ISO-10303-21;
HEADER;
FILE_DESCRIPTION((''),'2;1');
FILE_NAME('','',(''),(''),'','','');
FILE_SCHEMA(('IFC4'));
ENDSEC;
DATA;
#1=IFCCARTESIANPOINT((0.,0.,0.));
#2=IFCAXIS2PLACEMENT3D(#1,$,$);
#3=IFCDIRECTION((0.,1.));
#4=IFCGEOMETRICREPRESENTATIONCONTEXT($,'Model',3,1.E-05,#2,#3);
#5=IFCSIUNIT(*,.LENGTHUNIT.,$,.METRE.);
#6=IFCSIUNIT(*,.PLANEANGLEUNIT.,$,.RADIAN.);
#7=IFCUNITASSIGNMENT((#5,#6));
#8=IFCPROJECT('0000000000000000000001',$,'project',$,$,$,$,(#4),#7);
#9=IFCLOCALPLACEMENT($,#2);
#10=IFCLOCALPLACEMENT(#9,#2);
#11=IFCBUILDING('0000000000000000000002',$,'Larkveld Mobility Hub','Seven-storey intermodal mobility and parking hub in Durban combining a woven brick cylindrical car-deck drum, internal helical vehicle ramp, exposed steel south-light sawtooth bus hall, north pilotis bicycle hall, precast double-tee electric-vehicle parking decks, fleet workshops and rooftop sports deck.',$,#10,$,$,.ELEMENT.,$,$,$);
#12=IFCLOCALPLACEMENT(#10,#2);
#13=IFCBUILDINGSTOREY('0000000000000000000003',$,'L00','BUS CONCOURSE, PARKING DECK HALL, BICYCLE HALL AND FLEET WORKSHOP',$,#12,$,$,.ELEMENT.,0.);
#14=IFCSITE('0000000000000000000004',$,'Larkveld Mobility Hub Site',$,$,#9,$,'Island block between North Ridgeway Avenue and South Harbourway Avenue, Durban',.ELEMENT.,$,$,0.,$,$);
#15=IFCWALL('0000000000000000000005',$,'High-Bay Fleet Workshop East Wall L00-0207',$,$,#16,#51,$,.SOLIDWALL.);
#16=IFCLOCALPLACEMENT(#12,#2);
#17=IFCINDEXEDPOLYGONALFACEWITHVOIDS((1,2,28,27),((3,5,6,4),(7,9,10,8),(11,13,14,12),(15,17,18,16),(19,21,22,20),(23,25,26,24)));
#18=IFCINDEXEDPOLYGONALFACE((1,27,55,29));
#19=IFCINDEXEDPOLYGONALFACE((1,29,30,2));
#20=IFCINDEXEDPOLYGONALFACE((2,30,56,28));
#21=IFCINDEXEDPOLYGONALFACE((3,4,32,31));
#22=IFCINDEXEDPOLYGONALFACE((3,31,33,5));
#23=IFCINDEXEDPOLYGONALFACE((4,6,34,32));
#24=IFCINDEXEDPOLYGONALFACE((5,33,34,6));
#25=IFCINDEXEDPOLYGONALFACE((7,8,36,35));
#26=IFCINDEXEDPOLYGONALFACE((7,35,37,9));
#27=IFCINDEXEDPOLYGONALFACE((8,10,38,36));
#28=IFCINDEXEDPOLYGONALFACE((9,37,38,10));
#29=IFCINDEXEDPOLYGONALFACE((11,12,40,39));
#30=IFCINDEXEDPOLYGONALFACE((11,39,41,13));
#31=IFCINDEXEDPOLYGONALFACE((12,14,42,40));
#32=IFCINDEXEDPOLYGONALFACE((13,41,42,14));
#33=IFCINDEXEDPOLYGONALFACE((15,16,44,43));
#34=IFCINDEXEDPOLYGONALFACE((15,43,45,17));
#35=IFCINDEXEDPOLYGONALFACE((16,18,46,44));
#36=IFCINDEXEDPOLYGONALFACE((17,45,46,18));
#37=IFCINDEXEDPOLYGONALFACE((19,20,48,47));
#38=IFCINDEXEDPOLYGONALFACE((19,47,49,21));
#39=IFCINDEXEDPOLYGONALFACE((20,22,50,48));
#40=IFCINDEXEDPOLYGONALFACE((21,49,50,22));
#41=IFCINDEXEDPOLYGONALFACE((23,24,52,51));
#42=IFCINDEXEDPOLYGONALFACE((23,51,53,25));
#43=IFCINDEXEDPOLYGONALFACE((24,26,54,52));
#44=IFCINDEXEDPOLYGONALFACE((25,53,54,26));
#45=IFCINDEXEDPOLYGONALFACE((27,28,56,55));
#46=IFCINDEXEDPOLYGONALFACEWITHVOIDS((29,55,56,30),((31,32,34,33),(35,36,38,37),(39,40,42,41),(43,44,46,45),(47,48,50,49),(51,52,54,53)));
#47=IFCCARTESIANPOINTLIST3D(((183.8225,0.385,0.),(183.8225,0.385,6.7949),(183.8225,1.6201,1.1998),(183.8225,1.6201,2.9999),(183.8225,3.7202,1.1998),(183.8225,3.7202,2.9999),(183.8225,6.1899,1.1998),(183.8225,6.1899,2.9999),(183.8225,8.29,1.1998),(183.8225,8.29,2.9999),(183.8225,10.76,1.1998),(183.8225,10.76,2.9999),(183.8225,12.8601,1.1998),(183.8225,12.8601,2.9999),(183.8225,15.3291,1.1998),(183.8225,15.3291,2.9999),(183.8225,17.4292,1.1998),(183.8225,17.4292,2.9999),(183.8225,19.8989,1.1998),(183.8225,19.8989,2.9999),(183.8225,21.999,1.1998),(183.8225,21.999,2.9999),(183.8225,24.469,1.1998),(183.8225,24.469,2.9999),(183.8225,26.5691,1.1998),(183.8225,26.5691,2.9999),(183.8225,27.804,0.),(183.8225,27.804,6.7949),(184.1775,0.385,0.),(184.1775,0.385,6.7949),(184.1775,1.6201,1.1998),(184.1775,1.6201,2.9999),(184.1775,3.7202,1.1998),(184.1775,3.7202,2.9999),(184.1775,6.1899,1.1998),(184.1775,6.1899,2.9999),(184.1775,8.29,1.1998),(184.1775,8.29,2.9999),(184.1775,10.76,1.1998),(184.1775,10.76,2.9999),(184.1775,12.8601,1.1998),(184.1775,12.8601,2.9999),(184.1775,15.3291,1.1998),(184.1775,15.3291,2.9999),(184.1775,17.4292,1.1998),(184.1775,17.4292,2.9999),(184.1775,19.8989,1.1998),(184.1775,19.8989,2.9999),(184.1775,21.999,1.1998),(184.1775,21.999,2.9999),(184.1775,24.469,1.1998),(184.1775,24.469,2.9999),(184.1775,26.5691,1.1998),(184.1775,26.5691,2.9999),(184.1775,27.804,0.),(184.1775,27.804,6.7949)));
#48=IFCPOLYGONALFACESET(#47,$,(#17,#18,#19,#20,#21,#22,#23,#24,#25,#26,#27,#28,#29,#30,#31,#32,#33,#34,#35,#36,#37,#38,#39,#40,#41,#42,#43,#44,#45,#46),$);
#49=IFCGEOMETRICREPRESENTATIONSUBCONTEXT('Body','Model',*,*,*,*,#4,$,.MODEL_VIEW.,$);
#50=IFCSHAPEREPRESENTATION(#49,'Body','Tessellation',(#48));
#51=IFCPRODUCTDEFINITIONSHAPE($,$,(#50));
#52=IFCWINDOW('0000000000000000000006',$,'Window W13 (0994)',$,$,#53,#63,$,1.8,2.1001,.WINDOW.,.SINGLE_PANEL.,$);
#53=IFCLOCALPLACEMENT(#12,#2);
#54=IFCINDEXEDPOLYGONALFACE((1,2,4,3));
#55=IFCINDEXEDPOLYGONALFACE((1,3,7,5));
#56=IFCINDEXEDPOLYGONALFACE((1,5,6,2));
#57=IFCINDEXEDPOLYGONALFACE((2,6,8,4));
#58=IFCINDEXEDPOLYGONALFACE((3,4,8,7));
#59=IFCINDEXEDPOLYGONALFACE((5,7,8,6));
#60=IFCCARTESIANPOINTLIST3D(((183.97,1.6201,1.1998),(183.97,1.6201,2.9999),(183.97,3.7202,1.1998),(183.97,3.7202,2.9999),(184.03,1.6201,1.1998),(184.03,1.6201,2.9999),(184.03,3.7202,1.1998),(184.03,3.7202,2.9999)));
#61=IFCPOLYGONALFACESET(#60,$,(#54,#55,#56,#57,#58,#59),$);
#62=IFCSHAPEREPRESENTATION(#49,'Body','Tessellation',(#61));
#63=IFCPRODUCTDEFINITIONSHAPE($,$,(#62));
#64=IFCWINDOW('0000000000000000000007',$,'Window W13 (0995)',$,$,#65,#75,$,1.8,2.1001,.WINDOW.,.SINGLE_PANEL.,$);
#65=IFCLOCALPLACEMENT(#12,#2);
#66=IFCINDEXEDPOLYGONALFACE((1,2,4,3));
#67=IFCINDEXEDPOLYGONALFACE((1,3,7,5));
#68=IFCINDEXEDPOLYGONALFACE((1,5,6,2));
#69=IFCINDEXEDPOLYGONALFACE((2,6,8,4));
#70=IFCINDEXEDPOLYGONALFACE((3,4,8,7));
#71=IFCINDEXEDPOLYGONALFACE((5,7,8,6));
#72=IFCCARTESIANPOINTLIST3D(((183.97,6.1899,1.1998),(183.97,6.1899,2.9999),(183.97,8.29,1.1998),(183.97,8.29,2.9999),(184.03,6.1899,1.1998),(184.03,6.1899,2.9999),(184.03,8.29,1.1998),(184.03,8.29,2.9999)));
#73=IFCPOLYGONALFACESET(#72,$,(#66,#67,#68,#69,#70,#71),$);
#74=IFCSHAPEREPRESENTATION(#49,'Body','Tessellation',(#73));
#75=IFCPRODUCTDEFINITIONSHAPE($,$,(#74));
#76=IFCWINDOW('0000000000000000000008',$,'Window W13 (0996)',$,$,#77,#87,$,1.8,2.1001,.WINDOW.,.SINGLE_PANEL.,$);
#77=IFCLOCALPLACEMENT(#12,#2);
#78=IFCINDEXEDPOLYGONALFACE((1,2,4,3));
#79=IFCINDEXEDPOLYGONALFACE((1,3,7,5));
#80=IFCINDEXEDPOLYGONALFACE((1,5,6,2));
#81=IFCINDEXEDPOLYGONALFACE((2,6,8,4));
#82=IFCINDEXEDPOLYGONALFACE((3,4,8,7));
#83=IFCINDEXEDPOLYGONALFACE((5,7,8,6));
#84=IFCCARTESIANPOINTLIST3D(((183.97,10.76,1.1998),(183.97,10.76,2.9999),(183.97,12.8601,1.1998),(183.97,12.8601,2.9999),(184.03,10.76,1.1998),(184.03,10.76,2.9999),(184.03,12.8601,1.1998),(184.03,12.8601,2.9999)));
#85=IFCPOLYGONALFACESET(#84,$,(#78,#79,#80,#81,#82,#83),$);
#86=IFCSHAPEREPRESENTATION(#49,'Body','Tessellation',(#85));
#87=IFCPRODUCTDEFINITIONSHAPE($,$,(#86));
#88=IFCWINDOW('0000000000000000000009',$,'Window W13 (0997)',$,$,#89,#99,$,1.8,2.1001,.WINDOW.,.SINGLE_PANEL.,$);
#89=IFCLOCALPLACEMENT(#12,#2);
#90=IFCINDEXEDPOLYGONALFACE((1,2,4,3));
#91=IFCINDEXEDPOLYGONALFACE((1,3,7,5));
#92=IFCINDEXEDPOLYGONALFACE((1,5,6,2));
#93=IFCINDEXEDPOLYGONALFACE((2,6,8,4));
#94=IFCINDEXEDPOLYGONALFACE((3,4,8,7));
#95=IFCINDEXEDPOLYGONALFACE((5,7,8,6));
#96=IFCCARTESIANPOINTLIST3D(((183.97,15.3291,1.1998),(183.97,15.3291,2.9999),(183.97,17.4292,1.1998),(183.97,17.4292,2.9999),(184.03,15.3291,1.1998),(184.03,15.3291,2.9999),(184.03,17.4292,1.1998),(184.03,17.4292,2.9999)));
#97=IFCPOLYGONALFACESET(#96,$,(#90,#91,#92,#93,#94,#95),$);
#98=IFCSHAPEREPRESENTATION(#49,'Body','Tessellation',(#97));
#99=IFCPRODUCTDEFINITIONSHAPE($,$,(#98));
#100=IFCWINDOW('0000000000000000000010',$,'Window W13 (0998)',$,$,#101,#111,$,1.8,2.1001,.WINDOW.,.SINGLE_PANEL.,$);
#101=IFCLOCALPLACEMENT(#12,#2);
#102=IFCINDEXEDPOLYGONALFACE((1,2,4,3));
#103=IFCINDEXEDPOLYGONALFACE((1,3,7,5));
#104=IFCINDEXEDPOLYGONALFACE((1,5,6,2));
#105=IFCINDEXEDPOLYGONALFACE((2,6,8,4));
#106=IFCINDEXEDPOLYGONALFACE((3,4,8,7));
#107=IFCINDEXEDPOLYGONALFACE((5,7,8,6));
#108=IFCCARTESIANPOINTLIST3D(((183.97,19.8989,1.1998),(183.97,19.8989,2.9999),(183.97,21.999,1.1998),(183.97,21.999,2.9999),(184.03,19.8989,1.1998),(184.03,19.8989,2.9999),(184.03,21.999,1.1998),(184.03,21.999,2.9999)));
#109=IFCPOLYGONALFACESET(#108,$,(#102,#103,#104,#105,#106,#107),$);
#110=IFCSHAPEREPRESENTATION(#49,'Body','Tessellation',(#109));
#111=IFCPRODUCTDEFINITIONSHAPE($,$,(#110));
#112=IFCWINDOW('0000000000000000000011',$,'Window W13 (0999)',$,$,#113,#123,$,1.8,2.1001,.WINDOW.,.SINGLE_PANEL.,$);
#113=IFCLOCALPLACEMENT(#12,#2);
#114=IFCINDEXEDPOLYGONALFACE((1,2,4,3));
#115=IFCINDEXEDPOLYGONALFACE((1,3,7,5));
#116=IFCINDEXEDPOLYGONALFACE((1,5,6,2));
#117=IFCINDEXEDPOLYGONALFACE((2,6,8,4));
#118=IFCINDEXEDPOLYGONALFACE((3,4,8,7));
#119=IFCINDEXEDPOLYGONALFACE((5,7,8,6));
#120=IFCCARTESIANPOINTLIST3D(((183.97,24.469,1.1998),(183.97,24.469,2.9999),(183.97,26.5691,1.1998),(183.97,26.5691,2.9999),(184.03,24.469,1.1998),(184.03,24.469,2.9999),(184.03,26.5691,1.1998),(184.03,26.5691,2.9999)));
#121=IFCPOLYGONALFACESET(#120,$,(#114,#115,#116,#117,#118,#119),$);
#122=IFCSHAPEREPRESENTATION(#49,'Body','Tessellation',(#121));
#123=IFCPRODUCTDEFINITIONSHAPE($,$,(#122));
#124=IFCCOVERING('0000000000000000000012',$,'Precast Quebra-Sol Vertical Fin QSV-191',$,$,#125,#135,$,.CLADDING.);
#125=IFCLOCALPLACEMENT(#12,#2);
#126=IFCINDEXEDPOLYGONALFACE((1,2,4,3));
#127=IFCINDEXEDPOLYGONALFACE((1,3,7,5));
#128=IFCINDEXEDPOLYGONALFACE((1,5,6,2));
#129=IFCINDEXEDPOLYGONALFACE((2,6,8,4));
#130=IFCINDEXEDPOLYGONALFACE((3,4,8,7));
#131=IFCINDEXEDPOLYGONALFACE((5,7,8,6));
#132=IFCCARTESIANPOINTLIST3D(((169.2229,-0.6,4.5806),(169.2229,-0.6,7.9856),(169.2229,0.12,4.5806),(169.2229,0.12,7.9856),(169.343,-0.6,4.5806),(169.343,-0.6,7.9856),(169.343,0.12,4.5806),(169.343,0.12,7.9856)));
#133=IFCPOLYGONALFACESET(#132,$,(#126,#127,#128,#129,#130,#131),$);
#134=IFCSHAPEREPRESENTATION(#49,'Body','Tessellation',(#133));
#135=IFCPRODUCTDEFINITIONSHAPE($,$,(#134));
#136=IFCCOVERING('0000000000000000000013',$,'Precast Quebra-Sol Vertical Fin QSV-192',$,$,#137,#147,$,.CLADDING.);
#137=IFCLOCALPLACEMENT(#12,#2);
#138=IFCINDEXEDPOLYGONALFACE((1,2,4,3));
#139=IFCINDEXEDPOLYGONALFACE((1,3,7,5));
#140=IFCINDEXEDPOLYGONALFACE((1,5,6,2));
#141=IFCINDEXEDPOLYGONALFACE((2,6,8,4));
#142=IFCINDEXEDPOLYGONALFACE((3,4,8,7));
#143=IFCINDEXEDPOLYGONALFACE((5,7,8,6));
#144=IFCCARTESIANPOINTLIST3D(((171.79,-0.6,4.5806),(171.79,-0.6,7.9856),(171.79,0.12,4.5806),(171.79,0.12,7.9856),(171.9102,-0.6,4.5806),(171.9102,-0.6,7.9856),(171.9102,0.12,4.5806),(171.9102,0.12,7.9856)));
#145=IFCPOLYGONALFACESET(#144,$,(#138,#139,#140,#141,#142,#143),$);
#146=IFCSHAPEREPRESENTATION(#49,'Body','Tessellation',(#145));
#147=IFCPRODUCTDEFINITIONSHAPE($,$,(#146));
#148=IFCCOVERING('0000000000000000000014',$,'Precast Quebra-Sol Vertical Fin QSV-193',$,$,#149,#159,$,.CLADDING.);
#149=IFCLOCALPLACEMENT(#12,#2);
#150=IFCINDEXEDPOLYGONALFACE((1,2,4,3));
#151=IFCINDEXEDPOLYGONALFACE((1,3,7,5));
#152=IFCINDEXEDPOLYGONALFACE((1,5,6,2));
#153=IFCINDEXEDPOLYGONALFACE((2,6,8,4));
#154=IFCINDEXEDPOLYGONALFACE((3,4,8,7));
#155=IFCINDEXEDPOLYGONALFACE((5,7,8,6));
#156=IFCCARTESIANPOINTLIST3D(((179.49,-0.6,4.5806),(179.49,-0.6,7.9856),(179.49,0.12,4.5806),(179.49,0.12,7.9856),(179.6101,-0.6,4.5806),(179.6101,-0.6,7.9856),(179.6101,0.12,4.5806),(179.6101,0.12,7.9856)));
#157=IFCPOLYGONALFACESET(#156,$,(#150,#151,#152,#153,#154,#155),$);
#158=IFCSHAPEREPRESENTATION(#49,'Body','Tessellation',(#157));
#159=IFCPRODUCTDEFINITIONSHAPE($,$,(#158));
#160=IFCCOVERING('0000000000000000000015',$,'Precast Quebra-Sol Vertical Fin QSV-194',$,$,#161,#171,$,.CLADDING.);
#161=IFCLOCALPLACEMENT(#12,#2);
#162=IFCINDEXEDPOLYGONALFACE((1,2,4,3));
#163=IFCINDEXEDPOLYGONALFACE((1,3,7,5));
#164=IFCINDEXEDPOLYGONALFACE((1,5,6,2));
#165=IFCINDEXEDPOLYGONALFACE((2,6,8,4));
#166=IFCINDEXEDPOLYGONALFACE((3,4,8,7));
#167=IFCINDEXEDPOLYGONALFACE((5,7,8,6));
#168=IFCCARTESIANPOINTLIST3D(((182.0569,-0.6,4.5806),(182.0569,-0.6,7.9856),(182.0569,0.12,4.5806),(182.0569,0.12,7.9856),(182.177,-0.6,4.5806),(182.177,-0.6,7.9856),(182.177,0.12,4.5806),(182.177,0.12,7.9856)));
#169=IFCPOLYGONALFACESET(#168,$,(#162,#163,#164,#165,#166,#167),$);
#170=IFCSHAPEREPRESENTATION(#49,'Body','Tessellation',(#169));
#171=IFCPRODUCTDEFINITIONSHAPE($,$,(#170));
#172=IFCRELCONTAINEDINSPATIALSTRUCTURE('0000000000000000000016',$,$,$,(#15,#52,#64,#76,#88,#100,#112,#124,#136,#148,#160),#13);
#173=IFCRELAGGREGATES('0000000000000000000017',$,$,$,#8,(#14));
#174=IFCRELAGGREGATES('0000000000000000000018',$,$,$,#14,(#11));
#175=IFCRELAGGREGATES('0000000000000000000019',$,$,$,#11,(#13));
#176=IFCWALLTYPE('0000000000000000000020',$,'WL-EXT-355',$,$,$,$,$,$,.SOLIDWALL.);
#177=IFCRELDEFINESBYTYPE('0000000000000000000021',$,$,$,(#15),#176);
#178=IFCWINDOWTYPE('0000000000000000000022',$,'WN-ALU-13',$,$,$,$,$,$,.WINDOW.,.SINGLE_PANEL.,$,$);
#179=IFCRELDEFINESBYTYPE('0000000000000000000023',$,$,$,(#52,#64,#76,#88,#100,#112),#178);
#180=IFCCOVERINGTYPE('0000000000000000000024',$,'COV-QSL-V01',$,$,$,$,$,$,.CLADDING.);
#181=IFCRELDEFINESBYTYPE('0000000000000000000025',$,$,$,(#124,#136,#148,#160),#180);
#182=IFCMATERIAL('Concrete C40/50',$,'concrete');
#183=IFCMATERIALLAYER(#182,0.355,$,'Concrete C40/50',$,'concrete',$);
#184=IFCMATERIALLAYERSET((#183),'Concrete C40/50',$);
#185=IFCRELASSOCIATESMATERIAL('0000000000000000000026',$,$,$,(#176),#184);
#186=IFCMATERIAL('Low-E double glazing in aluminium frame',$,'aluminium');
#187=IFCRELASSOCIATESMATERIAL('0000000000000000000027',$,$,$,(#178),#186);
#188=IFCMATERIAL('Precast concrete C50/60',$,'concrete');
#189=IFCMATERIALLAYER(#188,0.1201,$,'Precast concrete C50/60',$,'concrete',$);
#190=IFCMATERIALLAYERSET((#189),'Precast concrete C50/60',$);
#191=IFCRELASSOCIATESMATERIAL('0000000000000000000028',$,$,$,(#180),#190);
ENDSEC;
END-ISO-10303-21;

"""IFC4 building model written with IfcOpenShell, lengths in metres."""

from ifc_helpers import new_model, si_unit, direction, frame, frame_2d, origin, origin_2d, place, context, subcontext, project, spatial, rectangle, extrude, material, layer, layer_set, type_object, element, fill, save


model = new_model("IFC4")

# Units and contexts
model_context = context("Model", 3, precision=1e-05, world=origin(), true_north=direction((0.0, 1.0)))
body_context = subcontext(model_context, "Body", "Model", "MODEL_VIEW")
ifc_project = project(units=[si_unit("LENGTHUNIT", "METRE"), si_unit("PLANEANGLEUNIT", "RADIAN")], contexts=[model_context])

# Site, building, storey
site_placement = place(None, origin())
site = spatial("IfcSite", under=ifc_project, at=site_placement, Name="Larkveld Mobility Hub Site", LongName="Island block between North Ridgeway Avenue and South Harbourway Avenue, Durban", CompositionType="ELEMENT", RefElevation=0.0)
building_placement = place(site_placement, origin())
building = spatial("IfcBuilding", under=site, at=building_placement, Name="Larkveld Mobility Hub", Description="Seven-storey intermodal mobility and parking hub in Durban combining a woven brick cylindrical car-deck drum, internal helical vehicle ramp, exposed steel south-light sawtooth bus hall, north pilotis bicycle hall, precast double-tee electric-vehicle parking decks, fleet workshops and rooftop sports deck.", CompositionType="ELEMENT")
storey_placement = place(building_placement, origin())
storey = spatial("IfcBuildingStorey", under=building, at=storey_placement, Name="L00", Description="BUS CONCOURSE, PARKING DECK HALL, BICYCLE HALL AND FLEET WORKSHOP", CompositionType="ELEMENT", Elevation=0.0)

# Shared definitions
ifc_material_1 = material(Name="Concrete C40/50", Category="concrete")

# Shared definitions
ifc_layer_1 = layer(ifc_material_1, 0.355, Name="Concrete C40/50", Category="concrete")
ifc_layer_set_1 = layer_set([ifc_layer_1], Name="Concrete C40/50")
wall_type = type_object("IfcWallType", Name="WL-EXT-355", PredefinedType="SOLIDWALL", material=ifc_layer_set_1)
ifc_material_2 = material(Name="Low-E double glazing in aluminium frame", Category="aluminium")

# Wall, openings, windows
wall_1_placement = place(storey_placement, frame((184.0, 0.385, 0.0), z_axis=(0.0, 0.0, 1.0), x_axis=(0.0, 1.0, 0.0)))
wall_1 = element("IfcWall", 1, at=wall_1_placement, inside=storey, type_object=wall_type, Name="High-Bay Fleet Workshop East Wall L00-0207", PredefinedType="SOLIDWALL", context=body_context, shape_type="SweptSolid", body=[
    extrude(rectangle(XDim=27.4189, YDim=0.355, at=frame_2d((13.7095, 0.0))), origin(), (0.0, 0.0, 1.0), 6.7949),
])
opening_1_placement = place(wall_1_placement, frame((1.2351, 0.0, 1.2)))
opening_1 = element("IfcOpeningElement", 2, at=opening_1_placement, cuts=wall_1, PredefinedType="OPENING", context=body_context, shape_type="SweptSolid", body=[
    extrude(rectangle(XDim=2.1001, YDim=1.8, at=frame_2d((1.05, 0.8999))), frame((0.0, 0.1875, 0.0), z_axis=(0.0, -1.0, 0.0), x_axis=(1.0, 0.0, 0.0)), (0.0, 0.0, 1.0), 0.375),
])
opening_2_placement = place(wall_1_placement, frame((5.8049, 0.0, 1.2)))
opening_2 = element("IfcOpeningElement", 3, at=opening_2_placement, cuts=wall_1, PredefinedType="OPENING", context=body_context, shape_type="SweptSolid", body=[
    extrude(rectangle(XDim=2.1001, YDim=1.8, at=frame_2d((1.05, 0.8999))), frame((0.0, 0.1875, 0.0), z_axis=(0.0, -1.0, 0.0), x_axis=(1.0, 0.0, 0.0)), (0.0, 0.0, 1.0), 0.375),
])
opening_3_placement = place(wall_1_placement, frame((10.375, 0.0, 1.2)))
opening_3 = element("IfcOpeningElement", 4, at=opening_3_placement, cuts=wall_1, PredefinedType="OPENING", context=body_context, shape_type="SweptSolid", body=[
    extrude(rectangle(XDim=2.1001, YDim=1.8, at=frame_2d((1.05, 0.8999))), frame((0.0, 0.1875, 0.0), z_axis=(0.0, -1.0, 0.0), x_axis=(1.0, 0.0, 0.0)), (0.0, 0.0, 1.0), 0.375),
])
opening_4_placement = place(wall_1_placement, frame((14.9441, 0.0, 1.2)))
opening_4 = element("IfcOpeningElement", 5, at=opening_4_placement, cuts=wall_1, PredefinedType="OPENING", context=body_context, shape_type="SweptSolid", body=[
    extrude(rectangle(XDim=2.1001, YDim=1.8, at=frame_2d((1.05, 0.8999))), frame((0.0, 0.1875, 0.0), z_axis=(0.0, -1.0, 0.0), x_axis=(1.0, 0.0, 0.0)), (0.0, 0.0, 1.0), 0.375),
])
opening_5_placement = place(wall_1_placement, frame((19.5139, 0.0, 1.2)))
opening_5 = element("IfcOpeningElement", 6, at=opening_5_placement, cuts=wall_1, PredefinedType="OPENING", context=body_context, shape_type="SweptSolid", body=[
    extrude(rectangle(XDim=2.1001, YDim=1.8, at=frame_2d((1.05, 0.8999))), frame((0.0, 0.1875, 0.0), z_axis=(0.0, -1.0, 0.0), x_axis=(1.0, 0.0, 0.0)), (0.0, 0.0, 1.0), 0.375),
])
opening_6_placement = place(wall_1_placement, frame((24.084, 0.0, 1.2)))
opening_6 = element("IfcOpeningElement", 7, at=opening_6_placement, cuts=wall_1, PredefinedType="OPENING", context=body_context, shape_type="SweptSolid", body=[
    extrude(rectangle(XDim=2.1001, YDim=1.8, at=frame_2d((1.05, 0.8999))), frame((0.0, 0.1875, 0.0), z_axis=(0.0, -1.0, 0.0), x_axis=(1.0, 0.0, 0.0)), (0.0, 0.0, 1.0), 0.375),
])
window_type_1 = type_object("IfcWindowType", Name="WN-ALU-13", PartitioningType="SINGLE_PANEL", PredefinedType="WINDOW", material=ifc_material_2)
window_1_placement = place(opening_1_placement, origin())
window_1 = element("IfcWindow", 8, at=window_1_placement, inside=storey, type_object=window_type_1, Name="Window W13 (0994)", OverallHeight=1.8, OverallWidth=2.1001, PartitioningType="SINGLE_PANEL", PredefinedType="WINDOW", context=body_context, shape_type="SweptSolid", body=[
    extrude(rectangle(XDim=2.1001, YDim=1.8, at=frame_2d((1.05, 0.8999))), frame((0.0, 0.03, 0.0), z_axis=(0.0, -1.0, 0.0), x_axis=(1.0, 0.0, 0.0)), (0.0, 0.0, 1.0), 0.0601),
])
fill(opening_1, window_1)
window_2_placement = place(opening_2_placement, origin())
window_2 = element("IfcWindow", 9, at=window_2_placement, inside=storey, type_object=window_type_1, Name="Window W13 (0995)", OverallHeight=1.8, OverallWidth=2.1001, PartitioningType="SINGLE_PANEL", PredefinedType="WINDOW", context=body_context, shape_type="SweptSolid", body=[
    extrude(rectangle(XDim=2.1001, YDim=1.8, at=frame_2d((1.05, 0.8999))), frame((0.0, 0.03, 0.0), z_axis=(0.0, -1.0, 0.0), x_axis=(1.0, 0.0, 0.0)), (0.0, 0.0, 1.0), 0.0601),
])
fill(opening_2, window_2)
window_3_placement = place(opening_3_placement, origin())
window_3 = element("IfcWindow", 10, at=window_3_placement, inside=storey, type_object=window_type_1, Name="Window W13 (0996)", OverallHeight=1.8, OverallWidth=2.1001, PartitioningType="SINGLE_PANEL", PredefinedType="WINDOW", context=body_context, shape_type="SweptSolid", body=[
    extrude(rectangle(XDim=2.1001, YDim=1.8, at=frame_2d((1.05, 0.8999))), frame((0.0, 0.03, 0.0), z_axis=(0.0, -1.0, 0.0), x_axis=(1.0, 0.0, 0.0)), (0.0, 0.0, 1.0), 0.0601),
])
fill(opening_3, window_3)
window_4_placement = place(opening_4_placement, origin())
window_4 = element("IfcWindow", 11, at=window_4_placement, inside=storey, type_object=window_type_1, Name="Window W13 (0997)", OverallHeight=1.8, OverallWidth=2.1001, PartitioningType="SINGLE_PANEL", PredefinedType="WINDOW", context=body_context, shape_type="SweptSolid", body=[
    extrude(rectangle(XDim=2.1001, YDim=1.8, at=frame_2d((1.05, 0.8999))), frame((0.0, 0.03, 0.0), z_axis=(0.0, -1.0, 0.0), x_axis=(1.0, 0.0, 0.0)), (0.0, 0.0, 1.0), 0.0601),
])
fill(opening_4, window_4)
window_5_placement = place(opening_5_placement, origin())
window_5 = element("IfcWindow", 12, at=window_5_placement, inside=storey, type_object=window_type_1, Name="Window W13 (0998)", OverallHeight=1.8, OverallWidth=2.1001, PartitioningType="SINGLE_PANEL", PredefinedType="WINDOW", context=body_context, shape_type="SweptSolid", body=[
    extrude(rectangle(XDim=2.1001, YDim=1.8, at=frame_2d((1.05, 0.8999))), frame((0.0, 0.03, 0.0), z_axis=(0.0, -1.0, 0.0), x_axis=(1.0, 0.0, 0.0)), (0.0, 0.0, 1.0), 0.0601),
])
fill(opening_5, window_5)
window_6_placement = place(opening_6_placement, origin())
window_6 = element("IfcWindow", 13, at=window_6_placement, inside=storey, type_object=window_type_1, Name="Window W13 (0999)", OverallHeight=1.8, OverallWidth=2.1001, PartitioningType="SINGLE_PANEL", PredefinedType="WINDOW", context=body_context, shape_type="SweptSolid", body=[
    extrude(rectangle(XDim=2.1001, YDim=1.8, at=frame_2d((1.05, 0.8999))), frame((0.0, 0.03, 0.0), z_axis=(0.0, -1.0, 0.0), x_axis=(1.0, 0.0, 0.0)), (0.0, 0.0, 1.0), 0.0601),
])
fill(opening_6, window_6)

# Coverings
ifc_material_3 = material(Name="Precast concrete C50/60", Category="concrete")
ifc_layer_2 = layer(ifc_material_3, 0.1201, Name="Precast concrete C50/60", Category="concrete")
ifc_layer_set_2 = layer_set([ifc_layer_2], Name="Precast concrete C50/60")
covering_type = type_object("IfcCoveringType", Name="COV-QSL-V01", PredefinedType="CLADDING", material=ifc_layer_set_2)
for number, where, z_axis, x_axis, name in (
    (14, (169.283, -0.24, 4.5806), (0.0, 0.0, 1.0), (1.0, 0.0, 0.0), "Precast Quebra-Sol Vertical Fin QSV-191"),
    (15, (171.8501, -0.24, 4.5806), (0.0, 0.0, 1.0), (1.0, 0.0, 0.0), "Precast Quebra-Sol Vertical Fin QSV-192"),
    (16, (179.55, -0.24, 4.5806), (0.0, 0.0, 1.0), (1.0, 0.0, 0.0), "Precast Quebra-Sol Vertical Fin QSV-193"),
    (17, (182.1169, -0.24, 4.5806), (0.0, 0.0, 1.0), (1.0, 0.0, 0.0), "Precast Quebra-Sol Vertical Fin QSV-194"),
):
    element("IfcCovering", number, at=place(storey_placement, frame(where, z_axis=z_axis, x_axis=x_axis)), inside=storey, type_object=covering_type, Name=name, PredefinedType="CLADDING", context=body_context, shape_type="SweptSolid", body=[
        extrude(rectangle(XDim=0.1201, YDim=0.72, at=origin_2d()), origin(), (0.0, 0.0, 1.0), 3.405),
    ])

save(model, "model.ifc")
